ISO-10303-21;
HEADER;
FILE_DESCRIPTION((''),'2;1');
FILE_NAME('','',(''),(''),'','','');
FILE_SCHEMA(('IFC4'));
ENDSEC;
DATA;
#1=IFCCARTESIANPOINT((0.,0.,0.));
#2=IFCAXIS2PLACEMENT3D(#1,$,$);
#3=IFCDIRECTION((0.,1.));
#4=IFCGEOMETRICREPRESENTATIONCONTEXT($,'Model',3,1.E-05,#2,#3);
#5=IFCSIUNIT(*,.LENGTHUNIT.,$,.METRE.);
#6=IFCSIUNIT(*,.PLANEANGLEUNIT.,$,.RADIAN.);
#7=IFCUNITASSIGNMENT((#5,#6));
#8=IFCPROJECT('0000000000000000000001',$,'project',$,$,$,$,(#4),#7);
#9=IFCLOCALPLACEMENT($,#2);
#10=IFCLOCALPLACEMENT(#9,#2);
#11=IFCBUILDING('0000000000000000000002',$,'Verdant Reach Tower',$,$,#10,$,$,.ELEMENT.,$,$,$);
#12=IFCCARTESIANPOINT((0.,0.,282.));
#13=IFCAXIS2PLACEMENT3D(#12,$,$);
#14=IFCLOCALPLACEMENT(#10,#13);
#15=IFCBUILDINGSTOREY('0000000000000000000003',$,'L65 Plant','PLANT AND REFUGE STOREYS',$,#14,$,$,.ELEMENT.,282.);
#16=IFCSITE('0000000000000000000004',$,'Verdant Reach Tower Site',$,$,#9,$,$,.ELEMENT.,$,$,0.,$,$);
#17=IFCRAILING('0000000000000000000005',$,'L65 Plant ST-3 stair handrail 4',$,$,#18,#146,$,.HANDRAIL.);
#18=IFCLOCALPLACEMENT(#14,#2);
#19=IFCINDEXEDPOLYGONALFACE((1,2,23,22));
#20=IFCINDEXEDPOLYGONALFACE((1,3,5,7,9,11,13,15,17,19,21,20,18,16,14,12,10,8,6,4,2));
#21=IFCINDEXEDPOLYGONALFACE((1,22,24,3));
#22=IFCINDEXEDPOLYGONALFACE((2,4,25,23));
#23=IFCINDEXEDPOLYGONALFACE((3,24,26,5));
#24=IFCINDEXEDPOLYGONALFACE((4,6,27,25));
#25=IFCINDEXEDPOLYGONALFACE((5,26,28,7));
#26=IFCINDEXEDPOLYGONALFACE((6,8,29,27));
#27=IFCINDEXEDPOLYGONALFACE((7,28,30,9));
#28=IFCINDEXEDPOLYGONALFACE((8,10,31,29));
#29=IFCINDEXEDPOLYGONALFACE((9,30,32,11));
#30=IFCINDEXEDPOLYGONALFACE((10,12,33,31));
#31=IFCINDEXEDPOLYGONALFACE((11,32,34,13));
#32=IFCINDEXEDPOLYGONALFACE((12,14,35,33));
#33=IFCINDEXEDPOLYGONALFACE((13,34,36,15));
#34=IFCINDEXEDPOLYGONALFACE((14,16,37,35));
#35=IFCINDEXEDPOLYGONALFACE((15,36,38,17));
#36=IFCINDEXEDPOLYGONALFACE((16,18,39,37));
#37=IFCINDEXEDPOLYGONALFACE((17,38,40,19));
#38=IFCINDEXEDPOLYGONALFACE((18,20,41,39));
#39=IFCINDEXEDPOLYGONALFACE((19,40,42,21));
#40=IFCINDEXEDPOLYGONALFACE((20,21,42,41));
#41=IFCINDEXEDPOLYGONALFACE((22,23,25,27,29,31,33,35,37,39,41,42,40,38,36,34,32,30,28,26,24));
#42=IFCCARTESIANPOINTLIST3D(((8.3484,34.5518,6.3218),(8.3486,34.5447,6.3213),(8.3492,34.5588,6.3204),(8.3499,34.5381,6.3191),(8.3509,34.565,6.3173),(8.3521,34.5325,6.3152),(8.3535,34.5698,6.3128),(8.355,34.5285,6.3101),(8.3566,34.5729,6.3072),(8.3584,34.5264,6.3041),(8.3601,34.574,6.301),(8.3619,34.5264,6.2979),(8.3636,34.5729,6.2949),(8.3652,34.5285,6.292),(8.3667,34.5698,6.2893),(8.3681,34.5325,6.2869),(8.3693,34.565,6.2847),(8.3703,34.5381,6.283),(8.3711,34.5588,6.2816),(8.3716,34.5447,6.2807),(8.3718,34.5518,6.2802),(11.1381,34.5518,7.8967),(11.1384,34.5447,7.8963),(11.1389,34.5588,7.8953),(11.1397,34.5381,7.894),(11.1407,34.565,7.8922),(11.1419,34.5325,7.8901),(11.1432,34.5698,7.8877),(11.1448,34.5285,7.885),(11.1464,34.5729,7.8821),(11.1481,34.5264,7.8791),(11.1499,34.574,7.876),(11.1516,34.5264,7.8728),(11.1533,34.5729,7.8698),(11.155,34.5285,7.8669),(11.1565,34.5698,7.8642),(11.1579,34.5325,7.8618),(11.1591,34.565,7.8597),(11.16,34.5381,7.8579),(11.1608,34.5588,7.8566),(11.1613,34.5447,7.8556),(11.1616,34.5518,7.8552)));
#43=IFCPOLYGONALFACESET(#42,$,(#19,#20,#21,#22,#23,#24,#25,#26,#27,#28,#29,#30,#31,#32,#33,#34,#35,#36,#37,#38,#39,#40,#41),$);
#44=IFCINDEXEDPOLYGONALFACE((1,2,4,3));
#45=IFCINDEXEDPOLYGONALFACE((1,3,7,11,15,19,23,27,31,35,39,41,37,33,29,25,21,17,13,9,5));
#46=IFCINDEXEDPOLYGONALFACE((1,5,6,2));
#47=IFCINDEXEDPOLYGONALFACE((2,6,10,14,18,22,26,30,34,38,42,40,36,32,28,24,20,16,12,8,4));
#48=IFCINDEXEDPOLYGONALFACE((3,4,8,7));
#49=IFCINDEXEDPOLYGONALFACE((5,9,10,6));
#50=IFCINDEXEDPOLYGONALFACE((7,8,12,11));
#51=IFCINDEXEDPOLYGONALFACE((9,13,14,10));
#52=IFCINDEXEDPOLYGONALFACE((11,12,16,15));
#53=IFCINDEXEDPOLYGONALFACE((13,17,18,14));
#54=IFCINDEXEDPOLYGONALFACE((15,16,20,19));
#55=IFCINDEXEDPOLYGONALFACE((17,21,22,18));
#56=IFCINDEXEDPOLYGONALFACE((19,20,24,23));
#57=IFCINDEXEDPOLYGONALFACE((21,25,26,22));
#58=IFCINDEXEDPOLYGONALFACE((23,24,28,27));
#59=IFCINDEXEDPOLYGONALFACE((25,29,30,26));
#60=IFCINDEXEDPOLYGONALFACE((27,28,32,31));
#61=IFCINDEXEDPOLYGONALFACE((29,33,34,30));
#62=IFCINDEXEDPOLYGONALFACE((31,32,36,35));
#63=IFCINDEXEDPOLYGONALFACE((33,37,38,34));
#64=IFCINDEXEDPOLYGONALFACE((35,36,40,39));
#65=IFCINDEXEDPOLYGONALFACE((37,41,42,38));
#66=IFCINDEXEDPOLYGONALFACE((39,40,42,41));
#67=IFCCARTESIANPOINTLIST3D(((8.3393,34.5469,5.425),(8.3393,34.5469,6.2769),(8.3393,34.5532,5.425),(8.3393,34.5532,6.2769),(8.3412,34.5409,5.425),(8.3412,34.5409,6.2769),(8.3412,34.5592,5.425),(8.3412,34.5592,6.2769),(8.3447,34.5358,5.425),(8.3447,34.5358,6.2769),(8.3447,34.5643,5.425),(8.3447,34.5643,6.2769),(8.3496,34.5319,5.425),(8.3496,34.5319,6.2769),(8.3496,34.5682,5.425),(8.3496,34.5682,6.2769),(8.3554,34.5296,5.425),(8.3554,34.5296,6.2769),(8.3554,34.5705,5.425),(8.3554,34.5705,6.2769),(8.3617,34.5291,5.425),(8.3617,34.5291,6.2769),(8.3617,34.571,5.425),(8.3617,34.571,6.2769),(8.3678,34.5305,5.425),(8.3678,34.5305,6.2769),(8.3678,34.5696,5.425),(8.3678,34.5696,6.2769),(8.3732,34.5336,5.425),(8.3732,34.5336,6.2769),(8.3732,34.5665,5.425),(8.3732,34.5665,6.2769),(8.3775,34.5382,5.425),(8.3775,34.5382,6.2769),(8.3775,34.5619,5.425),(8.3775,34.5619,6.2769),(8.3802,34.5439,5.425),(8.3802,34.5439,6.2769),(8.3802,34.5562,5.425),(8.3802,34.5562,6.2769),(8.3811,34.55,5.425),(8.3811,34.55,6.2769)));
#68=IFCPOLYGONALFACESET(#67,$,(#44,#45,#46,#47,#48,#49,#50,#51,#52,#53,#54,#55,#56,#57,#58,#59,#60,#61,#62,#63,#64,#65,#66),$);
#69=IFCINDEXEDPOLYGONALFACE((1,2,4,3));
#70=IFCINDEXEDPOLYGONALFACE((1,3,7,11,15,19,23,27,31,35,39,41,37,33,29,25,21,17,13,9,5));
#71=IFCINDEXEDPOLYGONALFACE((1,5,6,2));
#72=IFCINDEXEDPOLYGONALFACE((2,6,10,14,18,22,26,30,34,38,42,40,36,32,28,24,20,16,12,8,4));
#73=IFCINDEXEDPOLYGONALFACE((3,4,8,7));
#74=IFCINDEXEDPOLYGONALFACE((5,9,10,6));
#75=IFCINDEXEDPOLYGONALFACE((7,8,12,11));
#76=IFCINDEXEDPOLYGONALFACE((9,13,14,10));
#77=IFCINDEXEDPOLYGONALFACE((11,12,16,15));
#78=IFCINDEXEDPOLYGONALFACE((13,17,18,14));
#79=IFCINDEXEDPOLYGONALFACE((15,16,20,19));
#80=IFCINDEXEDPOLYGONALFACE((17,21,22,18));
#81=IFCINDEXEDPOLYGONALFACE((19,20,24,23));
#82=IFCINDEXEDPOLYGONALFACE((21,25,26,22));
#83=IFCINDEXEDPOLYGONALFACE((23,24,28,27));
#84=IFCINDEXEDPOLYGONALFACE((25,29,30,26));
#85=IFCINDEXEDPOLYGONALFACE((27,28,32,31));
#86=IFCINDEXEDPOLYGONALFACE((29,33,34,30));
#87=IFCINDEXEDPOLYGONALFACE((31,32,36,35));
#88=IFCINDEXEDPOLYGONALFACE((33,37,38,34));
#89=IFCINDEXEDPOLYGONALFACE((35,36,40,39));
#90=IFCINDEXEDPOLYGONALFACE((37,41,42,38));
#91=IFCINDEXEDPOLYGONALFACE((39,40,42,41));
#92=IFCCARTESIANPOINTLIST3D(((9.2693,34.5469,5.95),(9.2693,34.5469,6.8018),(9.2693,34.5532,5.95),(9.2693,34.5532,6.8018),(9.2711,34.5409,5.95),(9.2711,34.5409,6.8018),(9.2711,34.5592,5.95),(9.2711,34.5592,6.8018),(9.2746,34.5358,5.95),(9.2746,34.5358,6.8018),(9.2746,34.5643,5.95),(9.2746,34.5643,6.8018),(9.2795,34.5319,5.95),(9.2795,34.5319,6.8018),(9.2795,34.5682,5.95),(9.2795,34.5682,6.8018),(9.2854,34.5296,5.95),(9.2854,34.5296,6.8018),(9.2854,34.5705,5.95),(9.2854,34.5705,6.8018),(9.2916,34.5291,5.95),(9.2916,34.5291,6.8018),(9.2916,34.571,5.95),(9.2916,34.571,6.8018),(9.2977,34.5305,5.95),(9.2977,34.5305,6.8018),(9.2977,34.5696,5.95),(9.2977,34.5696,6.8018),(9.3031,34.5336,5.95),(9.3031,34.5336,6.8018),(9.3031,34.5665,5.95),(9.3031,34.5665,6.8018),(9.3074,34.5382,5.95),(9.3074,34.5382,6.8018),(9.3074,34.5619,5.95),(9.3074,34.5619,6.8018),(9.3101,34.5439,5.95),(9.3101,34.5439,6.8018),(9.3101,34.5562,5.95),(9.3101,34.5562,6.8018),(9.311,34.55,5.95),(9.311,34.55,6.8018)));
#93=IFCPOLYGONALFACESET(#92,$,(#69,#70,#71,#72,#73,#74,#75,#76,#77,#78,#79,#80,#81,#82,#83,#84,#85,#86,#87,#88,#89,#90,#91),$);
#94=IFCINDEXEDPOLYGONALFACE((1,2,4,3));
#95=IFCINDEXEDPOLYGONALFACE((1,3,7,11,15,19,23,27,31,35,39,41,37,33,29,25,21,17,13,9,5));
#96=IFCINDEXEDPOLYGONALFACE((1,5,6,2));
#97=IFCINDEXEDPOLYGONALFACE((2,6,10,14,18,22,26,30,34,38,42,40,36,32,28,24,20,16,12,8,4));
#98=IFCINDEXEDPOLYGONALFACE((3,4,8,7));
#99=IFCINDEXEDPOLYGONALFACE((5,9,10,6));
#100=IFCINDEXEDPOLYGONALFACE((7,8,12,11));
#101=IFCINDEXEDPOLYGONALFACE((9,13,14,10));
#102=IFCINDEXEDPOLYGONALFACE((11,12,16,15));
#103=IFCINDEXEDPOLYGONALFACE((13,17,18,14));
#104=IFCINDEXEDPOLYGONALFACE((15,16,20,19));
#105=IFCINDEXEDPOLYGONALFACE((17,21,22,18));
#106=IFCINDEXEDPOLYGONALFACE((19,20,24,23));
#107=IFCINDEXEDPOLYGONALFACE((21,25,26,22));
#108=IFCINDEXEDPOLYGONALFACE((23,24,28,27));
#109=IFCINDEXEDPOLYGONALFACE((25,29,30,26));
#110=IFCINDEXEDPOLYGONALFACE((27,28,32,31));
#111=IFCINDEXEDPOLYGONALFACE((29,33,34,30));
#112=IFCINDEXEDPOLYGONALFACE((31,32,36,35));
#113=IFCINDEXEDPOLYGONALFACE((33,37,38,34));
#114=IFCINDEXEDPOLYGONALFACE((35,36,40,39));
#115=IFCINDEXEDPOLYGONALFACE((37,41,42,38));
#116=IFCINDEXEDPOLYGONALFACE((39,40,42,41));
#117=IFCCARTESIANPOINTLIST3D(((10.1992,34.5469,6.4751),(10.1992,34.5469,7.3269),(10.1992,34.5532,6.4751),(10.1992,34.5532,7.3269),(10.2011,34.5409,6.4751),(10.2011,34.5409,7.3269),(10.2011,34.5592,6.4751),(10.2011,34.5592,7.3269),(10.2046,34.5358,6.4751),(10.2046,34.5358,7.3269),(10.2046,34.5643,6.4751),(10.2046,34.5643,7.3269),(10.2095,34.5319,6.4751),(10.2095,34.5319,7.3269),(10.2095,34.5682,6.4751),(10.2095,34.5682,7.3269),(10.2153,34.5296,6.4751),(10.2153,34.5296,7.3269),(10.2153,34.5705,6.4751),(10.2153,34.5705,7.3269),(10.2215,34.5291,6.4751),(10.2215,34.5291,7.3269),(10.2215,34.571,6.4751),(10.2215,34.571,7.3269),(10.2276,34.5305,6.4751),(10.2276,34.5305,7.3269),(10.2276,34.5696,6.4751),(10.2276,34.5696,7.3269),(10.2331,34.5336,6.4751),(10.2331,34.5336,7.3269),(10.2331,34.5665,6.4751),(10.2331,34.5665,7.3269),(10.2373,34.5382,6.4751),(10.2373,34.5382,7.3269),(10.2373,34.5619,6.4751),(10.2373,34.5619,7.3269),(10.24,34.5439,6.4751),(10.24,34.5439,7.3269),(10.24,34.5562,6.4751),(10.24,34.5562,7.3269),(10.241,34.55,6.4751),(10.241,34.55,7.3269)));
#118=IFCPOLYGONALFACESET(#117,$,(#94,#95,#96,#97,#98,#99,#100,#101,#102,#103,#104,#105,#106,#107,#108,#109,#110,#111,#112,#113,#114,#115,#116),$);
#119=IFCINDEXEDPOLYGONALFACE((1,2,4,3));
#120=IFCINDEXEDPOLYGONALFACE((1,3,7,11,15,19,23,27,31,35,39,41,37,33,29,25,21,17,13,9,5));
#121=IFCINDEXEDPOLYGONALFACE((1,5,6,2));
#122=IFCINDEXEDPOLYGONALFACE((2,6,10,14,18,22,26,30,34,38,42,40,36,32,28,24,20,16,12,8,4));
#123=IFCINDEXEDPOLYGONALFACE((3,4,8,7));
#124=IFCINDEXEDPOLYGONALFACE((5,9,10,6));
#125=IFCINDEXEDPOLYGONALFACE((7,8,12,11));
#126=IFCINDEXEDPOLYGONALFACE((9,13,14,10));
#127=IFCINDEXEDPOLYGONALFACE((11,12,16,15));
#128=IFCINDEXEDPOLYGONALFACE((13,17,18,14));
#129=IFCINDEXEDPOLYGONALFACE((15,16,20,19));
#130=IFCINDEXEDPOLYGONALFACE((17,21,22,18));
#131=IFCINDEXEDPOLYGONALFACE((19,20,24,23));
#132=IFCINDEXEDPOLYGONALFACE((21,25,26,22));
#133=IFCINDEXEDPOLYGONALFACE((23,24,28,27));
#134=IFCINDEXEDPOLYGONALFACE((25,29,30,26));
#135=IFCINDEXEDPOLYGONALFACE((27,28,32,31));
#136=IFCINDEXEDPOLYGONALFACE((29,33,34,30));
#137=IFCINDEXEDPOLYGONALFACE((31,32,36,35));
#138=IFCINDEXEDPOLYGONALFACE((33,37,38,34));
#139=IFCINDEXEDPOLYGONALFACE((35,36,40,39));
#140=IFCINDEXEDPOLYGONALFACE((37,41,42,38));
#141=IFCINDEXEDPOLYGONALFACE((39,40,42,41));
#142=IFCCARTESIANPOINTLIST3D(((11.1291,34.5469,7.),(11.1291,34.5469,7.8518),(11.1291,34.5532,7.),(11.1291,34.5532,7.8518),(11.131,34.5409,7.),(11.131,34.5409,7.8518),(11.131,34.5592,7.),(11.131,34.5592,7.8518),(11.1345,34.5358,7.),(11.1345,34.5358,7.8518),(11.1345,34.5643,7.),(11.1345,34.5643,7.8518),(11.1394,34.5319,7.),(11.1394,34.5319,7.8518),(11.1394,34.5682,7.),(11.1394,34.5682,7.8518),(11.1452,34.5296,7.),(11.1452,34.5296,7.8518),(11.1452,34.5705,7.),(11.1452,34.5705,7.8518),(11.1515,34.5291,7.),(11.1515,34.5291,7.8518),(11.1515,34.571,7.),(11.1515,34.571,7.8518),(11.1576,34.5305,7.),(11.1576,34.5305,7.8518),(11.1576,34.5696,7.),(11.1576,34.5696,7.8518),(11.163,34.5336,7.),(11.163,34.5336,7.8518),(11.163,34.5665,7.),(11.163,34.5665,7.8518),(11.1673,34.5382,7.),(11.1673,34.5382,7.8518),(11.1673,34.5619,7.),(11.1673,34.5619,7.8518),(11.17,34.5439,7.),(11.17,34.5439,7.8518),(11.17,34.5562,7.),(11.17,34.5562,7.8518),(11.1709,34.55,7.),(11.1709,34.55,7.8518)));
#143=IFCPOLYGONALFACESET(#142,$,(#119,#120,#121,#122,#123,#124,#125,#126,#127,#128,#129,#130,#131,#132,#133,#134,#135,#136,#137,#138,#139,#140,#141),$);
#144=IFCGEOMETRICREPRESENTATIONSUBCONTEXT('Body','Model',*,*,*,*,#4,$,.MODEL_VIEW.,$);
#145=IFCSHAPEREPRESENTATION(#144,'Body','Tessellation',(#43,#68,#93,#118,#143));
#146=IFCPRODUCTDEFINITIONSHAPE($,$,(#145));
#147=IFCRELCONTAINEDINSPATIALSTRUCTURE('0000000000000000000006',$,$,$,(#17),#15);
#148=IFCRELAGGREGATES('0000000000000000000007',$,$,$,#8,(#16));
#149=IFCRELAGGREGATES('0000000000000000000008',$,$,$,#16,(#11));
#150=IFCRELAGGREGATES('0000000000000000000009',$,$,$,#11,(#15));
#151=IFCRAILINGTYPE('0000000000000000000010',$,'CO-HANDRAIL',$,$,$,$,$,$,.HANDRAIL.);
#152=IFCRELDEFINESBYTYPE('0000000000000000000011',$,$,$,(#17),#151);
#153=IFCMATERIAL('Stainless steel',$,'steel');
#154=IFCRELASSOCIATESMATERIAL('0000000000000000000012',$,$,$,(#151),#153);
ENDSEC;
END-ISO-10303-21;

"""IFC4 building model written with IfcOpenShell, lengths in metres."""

from ifc_helpers import new_model, si_unit, direction, frame, origin, origin_2d, place, context, subcontext, project, spatial, circle, extrude, material, type_object, element, save


model = new_model("IFC4")

# Units and contexts
model_context = context("Model", 3, precision=1e-05, world=origin(), true_north=direction((0.0, 1.0)))
body_context = subcontext(model_context, "Body", "Model", "MODEL_VIEW")
ifc_project = project(units=[si_unit("LENGTHUNIT", "METRE"), si_unit("PLANEANGLEUNIT", "RADIAN")], contexts=[model_context])

# Site, building, storey
site_placement = place(None, origin())
site = spatial("IfcSite", under=ifc_project, at=site_placement, Name="Verdant Reach Tower Site", CompositionType="ELEMENT", RefElevation=0.0)
building_placement = place(site_placement, origin())
building = spatial("IfcBuilding", under=site, at=building_placement, Name="Verdant Reach Tower", CompositionType="ELEMENT")
storey_placement = place(building_placement, frame((0.0, 0.0, 282.0)))
storey = spatial("IfcBuildingStorey", under=building, at=storey_placement, Name="L65 Plant", Description="PLANT AND REFUGE STOREYS", CompositionType="ELEMENT", Elevation=282.0)

# Railing
ifc_material_1 = material(Name="Stainless steel", Category="steel")
railing_type_1 = type_object("IfcRailingType", Name="CO-HANDRAIL", PredefinedType="HANDRAIL", material=ifc_material_1)
for number, where, name in (
    (1, (8.3601, 34.55, 5.425), "L65 Plant ST-3 stair handrail 4"),
):
    element("IfcRailing", number, at=place(storey_placement, frame(where)), inside=storey, type_object=railing_type_1, Name=name, PredefinedType="HANDRAIL", context=body_context, shape_type="SweptSolid", body=[
        extrude(circle(Radius=0.0239, at=origin_2d()), frame((0.0, 0.0, 0.876), z_axis=(0.870815, 0.0, 0.49161), x_axis=(0.0, 1.0, 0.0)), (0.0, 0.0, 1.0), 3.2036),
        extrude(circle(Radius=0.021, at=origin_2d()), origin(), (0.0, 0.0, 1.0), 0.8518),
        extrude(circle(Radius=0.021, at=origin_2d()), frame((0.9299, 0.0, 0.5249)), (0.0, 0.0, 1.0), 0.8518),
        extrude(circle(Radius=0.021, at=origin_2d()), frame((1.8599, 0.0, 1.05)), (0.0, 0.0, 1.0), 0.8518),
        extrude(circle(Radius=0.021, at=origin_2d()), frame((2.7898, 0.0, 1.575)), (0.0, 0.0, 1.0), 0.8518),
    ])

save(model, "model.ifc")
